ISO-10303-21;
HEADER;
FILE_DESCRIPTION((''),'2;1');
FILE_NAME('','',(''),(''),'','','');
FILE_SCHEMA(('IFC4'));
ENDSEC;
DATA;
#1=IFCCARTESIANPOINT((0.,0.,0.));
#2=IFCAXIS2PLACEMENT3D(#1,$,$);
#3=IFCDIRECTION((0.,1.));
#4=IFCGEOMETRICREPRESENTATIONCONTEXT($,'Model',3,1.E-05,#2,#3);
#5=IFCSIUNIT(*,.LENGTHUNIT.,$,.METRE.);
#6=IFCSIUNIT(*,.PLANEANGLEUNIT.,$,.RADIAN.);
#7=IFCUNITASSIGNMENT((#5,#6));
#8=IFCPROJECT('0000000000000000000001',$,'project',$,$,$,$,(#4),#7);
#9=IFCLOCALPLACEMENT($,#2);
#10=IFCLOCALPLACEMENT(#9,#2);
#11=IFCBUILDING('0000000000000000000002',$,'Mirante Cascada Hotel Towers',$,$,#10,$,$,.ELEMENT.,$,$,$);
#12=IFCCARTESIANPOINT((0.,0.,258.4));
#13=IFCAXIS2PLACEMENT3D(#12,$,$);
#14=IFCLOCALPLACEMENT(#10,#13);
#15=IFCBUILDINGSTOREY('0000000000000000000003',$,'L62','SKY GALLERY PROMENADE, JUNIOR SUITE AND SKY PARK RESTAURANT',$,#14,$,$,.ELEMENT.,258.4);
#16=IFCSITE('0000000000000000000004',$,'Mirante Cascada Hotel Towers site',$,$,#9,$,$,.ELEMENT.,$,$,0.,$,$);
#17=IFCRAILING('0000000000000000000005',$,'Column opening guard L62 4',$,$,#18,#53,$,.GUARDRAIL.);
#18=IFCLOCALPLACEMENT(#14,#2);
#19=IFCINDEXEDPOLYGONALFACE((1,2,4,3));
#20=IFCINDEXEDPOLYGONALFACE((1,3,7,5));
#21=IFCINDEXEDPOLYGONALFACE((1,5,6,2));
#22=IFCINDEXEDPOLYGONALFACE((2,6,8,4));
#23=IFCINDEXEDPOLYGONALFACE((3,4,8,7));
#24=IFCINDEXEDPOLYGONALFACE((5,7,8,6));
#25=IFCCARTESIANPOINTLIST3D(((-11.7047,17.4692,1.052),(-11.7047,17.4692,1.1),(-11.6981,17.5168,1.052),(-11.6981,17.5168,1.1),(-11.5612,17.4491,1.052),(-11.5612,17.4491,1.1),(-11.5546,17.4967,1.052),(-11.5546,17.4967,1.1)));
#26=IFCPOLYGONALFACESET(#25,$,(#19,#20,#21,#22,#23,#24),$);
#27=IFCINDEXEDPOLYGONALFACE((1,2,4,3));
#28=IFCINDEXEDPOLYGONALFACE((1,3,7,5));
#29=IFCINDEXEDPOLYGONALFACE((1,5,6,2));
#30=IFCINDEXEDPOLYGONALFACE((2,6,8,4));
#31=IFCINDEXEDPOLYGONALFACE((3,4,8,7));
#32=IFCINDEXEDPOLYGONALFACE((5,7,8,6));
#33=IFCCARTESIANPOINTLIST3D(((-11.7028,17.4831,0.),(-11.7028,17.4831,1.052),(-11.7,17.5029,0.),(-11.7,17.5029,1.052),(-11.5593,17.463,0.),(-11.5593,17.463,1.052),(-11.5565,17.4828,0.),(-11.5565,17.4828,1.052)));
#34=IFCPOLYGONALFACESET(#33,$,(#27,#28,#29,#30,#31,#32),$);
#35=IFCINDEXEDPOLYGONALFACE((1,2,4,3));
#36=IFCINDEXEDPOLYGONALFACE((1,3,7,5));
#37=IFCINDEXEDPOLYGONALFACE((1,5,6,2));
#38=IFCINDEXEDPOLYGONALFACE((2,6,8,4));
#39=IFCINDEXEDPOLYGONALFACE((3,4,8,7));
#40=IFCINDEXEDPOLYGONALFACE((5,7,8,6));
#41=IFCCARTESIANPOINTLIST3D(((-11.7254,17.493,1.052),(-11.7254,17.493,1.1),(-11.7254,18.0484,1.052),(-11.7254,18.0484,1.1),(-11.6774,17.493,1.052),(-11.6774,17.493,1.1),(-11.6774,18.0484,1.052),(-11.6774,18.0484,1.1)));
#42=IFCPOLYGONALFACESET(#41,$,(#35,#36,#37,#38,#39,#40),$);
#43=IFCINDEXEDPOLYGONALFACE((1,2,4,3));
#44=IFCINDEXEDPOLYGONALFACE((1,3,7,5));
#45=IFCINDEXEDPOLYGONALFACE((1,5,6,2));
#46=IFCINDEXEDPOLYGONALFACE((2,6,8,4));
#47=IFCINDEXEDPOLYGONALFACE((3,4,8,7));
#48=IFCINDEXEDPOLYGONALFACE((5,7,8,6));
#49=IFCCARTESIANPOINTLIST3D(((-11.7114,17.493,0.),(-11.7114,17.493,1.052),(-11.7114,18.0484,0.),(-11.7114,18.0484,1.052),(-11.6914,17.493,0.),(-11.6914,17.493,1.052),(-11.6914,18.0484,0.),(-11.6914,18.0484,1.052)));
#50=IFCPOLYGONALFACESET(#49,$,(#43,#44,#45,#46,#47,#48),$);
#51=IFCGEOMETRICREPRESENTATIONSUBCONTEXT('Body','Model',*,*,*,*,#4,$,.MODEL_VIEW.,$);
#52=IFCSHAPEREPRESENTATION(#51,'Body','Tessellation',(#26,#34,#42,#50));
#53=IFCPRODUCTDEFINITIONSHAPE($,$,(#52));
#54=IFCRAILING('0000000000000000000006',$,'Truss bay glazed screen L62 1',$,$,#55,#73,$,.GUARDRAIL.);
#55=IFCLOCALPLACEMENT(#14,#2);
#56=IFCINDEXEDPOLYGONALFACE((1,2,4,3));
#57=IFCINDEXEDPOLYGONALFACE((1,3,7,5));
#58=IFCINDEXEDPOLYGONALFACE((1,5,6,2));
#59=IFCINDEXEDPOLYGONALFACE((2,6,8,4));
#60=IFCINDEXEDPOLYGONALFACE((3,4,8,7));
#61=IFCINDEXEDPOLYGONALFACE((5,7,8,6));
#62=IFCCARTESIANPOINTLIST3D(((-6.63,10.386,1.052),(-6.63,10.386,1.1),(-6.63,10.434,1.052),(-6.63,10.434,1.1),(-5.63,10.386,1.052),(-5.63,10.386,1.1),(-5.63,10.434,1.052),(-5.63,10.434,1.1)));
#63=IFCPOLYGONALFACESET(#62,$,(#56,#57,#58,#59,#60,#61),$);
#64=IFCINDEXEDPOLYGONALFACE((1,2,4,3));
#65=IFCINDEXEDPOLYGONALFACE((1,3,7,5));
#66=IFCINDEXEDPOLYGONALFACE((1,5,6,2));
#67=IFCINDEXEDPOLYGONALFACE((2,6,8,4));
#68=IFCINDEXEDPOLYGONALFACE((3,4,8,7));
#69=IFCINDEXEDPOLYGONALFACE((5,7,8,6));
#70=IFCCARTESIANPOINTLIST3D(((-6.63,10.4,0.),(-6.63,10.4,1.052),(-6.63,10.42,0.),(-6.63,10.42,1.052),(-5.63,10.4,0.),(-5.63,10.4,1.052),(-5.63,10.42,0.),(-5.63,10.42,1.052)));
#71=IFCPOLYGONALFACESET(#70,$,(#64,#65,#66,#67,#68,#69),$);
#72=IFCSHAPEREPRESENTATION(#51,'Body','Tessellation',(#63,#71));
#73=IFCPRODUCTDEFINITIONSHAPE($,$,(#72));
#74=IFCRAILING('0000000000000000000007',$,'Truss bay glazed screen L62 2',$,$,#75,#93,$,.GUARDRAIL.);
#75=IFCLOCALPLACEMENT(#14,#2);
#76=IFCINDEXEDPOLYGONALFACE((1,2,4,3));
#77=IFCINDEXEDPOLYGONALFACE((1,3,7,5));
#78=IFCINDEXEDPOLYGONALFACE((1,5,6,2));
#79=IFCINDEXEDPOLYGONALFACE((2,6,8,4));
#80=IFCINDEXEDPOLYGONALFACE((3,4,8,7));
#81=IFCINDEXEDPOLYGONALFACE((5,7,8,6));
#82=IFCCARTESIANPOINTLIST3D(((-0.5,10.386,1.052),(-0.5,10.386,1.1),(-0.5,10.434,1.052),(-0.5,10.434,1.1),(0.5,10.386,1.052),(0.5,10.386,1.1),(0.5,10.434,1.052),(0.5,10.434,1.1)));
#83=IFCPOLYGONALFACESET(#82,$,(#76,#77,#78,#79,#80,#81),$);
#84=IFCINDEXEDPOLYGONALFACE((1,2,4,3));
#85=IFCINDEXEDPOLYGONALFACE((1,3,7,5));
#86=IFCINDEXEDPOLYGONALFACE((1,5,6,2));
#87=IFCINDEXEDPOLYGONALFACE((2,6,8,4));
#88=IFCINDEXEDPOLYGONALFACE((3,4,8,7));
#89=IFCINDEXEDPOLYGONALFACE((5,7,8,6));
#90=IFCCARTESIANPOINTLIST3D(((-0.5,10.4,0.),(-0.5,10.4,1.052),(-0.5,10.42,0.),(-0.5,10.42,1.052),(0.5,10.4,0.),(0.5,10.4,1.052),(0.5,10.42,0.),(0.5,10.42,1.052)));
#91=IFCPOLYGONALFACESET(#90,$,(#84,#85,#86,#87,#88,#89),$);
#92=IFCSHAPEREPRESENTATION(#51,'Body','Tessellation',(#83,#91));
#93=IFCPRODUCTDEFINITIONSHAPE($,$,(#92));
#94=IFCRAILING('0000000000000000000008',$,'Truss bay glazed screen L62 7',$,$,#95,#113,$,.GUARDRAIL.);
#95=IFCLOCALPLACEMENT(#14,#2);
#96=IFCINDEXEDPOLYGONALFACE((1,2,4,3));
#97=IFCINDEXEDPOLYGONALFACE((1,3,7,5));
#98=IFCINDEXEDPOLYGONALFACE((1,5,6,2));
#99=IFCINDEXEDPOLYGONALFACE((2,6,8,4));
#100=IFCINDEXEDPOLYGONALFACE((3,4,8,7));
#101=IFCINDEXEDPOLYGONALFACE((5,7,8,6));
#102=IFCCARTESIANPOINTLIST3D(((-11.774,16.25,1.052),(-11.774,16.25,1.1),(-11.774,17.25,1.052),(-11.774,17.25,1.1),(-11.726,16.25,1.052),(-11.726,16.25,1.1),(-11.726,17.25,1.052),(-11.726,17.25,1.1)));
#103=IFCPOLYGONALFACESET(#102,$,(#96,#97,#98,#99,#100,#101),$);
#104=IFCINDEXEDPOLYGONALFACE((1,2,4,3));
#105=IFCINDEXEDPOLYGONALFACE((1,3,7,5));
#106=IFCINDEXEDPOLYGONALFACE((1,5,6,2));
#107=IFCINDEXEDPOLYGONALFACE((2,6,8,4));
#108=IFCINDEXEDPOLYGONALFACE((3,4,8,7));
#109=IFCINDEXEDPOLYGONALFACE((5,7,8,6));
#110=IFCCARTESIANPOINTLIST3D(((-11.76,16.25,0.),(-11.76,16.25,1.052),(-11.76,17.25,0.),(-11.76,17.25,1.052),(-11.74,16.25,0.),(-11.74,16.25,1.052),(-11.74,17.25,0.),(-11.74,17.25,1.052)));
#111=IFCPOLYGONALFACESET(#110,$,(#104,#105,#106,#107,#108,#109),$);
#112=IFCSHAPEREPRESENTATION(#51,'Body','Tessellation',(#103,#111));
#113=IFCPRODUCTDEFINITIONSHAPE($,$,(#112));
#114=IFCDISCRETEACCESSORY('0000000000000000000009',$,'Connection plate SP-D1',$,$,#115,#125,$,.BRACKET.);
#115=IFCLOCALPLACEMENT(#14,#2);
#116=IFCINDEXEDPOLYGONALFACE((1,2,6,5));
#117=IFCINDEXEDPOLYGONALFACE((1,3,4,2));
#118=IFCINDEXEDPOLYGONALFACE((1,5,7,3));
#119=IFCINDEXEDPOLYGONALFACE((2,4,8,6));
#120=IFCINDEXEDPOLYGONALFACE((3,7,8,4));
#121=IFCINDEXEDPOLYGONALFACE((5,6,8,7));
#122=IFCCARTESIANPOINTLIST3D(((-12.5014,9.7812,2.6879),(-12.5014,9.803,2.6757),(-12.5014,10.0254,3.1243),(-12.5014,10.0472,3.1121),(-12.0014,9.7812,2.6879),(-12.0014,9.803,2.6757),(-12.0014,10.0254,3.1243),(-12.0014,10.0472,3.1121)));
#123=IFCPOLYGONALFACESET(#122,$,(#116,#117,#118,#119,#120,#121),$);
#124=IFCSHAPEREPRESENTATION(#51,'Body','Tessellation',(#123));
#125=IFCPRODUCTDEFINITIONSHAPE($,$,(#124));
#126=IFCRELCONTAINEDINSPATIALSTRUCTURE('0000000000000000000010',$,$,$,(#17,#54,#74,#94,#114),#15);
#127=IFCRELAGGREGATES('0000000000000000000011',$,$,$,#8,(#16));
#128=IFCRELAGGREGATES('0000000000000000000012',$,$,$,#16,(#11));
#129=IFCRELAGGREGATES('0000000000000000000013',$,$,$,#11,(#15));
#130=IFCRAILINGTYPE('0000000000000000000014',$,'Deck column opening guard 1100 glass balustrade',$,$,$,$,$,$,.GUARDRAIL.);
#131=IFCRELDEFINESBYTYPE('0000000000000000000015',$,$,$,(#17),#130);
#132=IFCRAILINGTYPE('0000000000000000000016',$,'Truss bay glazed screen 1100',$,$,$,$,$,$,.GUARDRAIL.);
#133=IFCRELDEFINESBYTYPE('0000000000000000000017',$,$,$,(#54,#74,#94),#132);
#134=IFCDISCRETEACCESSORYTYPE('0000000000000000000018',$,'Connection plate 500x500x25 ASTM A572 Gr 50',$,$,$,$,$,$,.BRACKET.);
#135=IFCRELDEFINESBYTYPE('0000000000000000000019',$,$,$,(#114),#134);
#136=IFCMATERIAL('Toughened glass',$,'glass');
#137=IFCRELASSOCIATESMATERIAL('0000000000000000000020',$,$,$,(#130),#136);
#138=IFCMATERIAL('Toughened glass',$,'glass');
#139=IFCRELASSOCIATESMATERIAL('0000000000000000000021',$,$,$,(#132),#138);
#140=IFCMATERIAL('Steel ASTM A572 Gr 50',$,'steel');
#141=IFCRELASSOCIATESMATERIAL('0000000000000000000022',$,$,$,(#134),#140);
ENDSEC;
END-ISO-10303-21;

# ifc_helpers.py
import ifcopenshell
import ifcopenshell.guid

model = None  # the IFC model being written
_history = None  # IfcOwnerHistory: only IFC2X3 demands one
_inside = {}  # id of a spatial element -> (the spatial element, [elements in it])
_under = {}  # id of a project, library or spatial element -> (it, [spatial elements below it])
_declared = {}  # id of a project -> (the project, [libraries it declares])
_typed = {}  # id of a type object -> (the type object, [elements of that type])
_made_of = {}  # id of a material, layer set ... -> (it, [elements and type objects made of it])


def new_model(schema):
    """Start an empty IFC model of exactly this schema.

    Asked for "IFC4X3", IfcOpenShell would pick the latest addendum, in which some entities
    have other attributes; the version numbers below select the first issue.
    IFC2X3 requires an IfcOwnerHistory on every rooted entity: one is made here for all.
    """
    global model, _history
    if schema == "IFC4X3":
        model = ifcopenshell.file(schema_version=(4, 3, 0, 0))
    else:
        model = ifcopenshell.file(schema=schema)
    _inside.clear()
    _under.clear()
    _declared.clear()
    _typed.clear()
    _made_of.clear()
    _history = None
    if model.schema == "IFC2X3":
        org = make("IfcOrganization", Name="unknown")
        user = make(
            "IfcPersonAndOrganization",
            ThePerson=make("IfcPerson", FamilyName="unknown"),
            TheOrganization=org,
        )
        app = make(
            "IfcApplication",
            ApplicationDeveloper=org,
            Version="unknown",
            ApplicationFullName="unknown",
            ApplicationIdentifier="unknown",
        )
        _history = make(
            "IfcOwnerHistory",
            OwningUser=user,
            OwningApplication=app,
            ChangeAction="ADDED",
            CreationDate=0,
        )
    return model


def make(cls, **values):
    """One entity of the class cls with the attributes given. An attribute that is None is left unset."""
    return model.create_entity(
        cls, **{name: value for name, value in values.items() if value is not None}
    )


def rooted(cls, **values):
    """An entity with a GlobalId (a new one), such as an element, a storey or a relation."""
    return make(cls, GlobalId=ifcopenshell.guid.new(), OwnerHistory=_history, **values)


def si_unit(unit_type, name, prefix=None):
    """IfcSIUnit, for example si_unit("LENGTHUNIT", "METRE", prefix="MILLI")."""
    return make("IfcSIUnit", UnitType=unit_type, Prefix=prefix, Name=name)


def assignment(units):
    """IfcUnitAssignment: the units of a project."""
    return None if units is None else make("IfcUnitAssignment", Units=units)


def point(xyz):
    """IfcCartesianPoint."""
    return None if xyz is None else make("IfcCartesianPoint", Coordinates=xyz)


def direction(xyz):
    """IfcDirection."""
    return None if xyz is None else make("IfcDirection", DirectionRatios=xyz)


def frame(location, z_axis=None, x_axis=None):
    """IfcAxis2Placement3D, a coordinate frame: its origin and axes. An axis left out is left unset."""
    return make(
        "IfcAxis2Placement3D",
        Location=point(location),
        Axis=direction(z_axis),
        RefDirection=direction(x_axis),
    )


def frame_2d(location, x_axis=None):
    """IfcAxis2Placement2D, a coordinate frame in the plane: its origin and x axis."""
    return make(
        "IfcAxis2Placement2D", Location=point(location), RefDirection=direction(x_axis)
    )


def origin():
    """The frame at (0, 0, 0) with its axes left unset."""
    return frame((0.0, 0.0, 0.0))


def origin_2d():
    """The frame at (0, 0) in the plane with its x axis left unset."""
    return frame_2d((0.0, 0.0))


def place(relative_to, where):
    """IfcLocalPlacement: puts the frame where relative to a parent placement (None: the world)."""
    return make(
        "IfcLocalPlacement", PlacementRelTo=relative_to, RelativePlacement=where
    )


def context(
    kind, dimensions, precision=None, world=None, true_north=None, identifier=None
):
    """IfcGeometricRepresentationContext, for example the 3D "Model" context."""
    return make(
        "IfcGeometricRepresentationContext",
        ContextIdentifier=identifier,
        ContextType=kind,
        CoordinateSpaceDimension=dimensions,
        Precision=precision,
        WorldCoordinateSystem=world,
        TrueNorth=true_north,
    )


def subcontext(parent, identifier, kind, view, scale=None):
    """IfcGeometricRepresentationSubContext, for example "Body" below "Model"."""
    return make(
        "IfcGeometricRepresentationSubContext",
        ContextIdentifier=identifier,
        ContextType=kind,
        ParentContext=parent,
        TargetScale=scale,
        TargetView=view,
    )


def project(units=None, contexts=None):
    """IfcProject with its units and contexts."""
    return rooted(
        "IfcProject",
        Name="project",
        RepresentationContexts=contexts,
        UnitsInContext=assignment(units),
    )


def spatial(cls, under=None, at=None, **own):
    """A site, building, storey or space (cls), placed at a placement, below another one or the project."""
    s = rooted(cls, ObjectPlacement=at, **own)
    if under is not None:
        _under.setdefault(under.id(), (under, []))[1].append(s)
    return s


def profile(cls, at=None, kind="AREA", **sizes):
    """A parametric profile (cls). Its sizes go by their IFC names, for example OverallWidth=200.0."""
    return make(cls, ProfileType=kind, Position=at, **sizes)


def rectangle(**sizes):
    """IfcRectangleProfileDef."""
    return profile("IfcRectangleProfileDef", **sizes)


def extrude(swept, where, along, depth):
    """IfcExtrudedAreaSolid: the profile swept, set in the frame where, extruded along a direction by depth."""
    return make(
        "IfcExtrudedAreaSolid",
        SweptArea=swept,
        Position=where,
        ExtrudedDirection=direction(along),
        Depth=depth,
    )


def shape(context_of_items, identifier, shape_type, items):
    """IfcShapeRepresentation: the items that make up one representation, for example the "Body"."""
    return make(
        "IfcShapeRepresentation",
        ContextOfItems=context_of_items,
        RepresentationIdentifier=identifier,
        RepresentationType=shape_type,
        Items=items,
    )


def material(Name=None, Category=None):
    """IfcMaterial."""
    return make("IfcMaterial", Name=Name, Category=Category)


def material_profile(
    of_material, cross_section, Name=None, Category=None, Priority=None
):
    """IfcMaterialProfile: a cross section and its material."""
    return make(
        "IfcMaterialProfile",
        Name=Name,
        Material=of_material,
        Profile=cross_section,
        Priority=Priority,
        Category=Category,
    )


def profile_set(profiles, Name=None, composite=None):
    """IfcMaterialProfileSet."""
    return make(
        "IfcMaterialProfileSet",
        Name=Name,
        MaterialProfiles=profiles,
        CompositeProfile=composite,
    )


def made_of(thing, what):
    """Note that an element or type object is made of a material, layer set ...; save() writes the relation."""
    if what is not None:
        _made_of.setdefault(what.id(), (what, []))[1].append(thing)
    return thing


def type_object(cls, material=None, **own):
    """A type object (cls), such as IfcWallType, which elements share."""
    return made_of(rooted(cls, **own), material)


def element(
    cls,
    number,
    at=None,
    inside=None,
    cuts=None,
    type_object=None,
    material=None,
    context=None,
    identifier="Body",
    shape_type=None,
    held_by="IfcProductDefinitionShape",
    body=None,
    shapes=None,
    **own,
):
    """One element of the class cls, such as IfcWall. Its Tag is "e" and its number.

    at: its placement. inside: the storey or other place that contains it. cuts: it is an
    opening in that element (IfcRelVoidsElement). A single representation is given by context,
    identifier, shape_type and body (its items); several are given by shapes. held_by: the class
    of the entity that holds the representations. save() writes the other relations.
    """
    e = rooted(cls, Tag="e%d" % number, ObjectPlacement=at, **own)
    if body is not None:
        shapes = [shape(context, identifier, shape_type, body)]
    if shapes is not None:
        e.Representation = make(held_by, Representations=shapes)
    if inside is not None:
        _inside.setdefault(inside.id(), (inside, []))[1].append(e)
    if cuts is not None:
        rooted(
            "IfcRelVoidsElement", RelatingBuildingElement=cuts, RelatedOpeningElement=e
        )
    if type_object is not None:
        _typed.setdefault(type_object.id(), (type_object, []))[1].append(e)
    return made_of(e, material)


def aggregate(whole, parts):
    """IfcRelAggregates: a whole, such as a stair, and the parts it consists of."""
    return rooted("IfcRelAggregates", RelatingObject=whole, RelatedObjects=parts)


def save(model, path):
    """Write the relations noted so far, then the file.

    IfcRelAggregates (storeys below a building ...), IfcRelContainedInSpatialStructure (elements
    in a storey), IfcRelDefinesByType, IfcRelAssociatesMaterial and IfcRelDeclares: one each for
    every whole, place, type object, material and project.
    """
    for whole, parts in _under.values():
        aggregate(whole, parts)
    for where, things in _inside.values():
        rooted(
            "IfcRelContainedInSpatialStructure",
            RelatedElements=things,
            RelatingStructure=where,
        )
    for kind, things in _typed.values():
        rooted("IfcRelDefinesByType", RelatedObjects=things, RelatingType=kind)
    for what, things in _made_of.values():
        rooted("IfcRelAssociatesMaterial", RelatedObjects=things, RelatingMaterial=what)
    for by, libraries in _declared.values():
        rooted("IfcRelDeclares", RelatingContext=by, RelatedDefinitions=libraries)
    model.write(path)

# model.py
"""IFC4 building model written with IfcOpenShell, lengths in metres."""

from ifc_helpers import new_model, si_unit, direction, frame, origin, origin_2d, place, context, subcontext, project, spatial, rectangle, extrude, material, material_profile, profile_set, type_object, element, save


model = new_model("IFC4")

# Units and contexts
model_context = context("Model", 3, precision=1e-05, world=origin(), true_north=direction((0.0, 1.0)))
body_context = subcontext(model_context, "Body", "Model", "MODEL_VIEW")
ifc_project = project(units=[si_unit("LENGTHUNIT", "METRE"), si_unit("PLANEANGLEUNIT", "RADIAN")], contexts=[model_context])

# Site, building, storey
site_placement = place(None, origin())
site = spatial("IfcSite", under=ifc_project, at=site_placement, Name="Mirante Cascada Hotel Towers site", CompositionType="ELEMENT", RefElevation=0.0)
building_placement = place(site_placement, origin())
building = spatial("IfcBuilding", under=site, at=building_placement, Name="Mirante Cascada Hotel Towers", CompositionType="ELEMENT")
storey_placement = place(building_placement, frame((0.0, 0.0, 258.4)))
storey = spatial("IfcBuildingStorey", under=building, at=storey_placement, Name="L62", Description="SKY GALLERY PROMENADE, JUNIOR SUITE AND SKY PARK RESTAURANT", CompositionType="ELEMENT", Elevation=258.4)

# Railings
ifc_material_1 = material(Name="Toughened glass", Category="glass")
railing_type_1 = type_object("IfcRailingType", Name="Deck column opening guard 1100 glass balustrade", PredefinedType="GUARDRAIL", material=ifc_material_1)
railing_1_placement = place(storey_placement, frame((-11.5579, 17.4729, 0.0)))
element("IfcRailing", 1, at=railing_1_placement, inside=storey, type_object=railing_type_1, Name="Column opening guard L62 4", PredefinedType="GUARDRAIL", context=body_context, shape_type="SweptSolid", body=[
    extrude(rectangle(XDim=0.048, YDim=0.048, at=origin_2d()), frame((0.0, 0.0, 1.076), z_axis=(-0.990332, 0.138715, 0.0), x_axis=(-0.138715, -0.990332, 0.0)), (0.0, 0.0, 1.0), 0.1449),
    extrude(rectangle(XDim=0.02, YDim=1.052, at=origin_2d()), frame((0.0, 0.0, 0.526), z_axis=(-0.990332, 0.138715, 0.0), x_axis=(-0.138715, -0.990332, 0.0)), (0.0, 0.0, 1.0), 0.1449),
    extrude(rectangle(XDim=0.048, YDim=0.048, at=origin_2d()), frame((-0.1435, 0.0201, 1.076), z_axis=(0.0, 1.0, 0.0), x_axis=(-1.0, 0.0, 0.0)), (0.0, 0.0, 1.0), 0.5554),
    extrude(rectangle(XDim=0.02, YDim=1.052, at=origin_2d()), frame((-0.1435, 0.0201, 0.526), z_axis=(0.0, 1.0, 0.0), x_axis=(-1.0, 0.0, 0.0)), (0.0, 0.0, 1.0), 0.5554),
])
ifc_material_2 = material(Name="Toughened glass", Category="glass")
railing_type_2 = type_object("IfcRailingType", Name="Truss bay glazed screen 1100", PredefinedType="GUARDRAIL", material=ifc_material_2)
for number, where, name in (
    (2, (-6.63, 10.41, 0.0), "Truss bay glazed screen L62 1"),
    (3, (-0.5, 10.41, 0.0), "Truss bay glazed screen L62 2"),
):
    element("IfcRailing", number, at=place(storey_placement, frame(where)), inside=storey, type_object=railing_type_2, Name=name, PredefinedType="GUARDRAIL", context=body_context, shape_type="SweptSolid", body=[
        extrude(rectangle(XDim=0.048, YDim=0.048, at=origin_2d()), frame((0.0, 0.0, 1.076), z_axis=(1.0, 0.0, 0.0), x_axis=(0.0, 1.0, 0.0)), (0.0, 0.0, 1.0), 1.0),
        extrude(rectangle(XDim=0.02, YDim=1.052, at=origin_2d()), frame((0.0, 0.0, 0.526), z_axis=(1.0, 0.0, 0.0), x_axis=(0.0, 1.0, 0.0)), (0.0, 0.0, 1.0), 1.0),
    ])
railing_2_placement = place(storey_placement, frame((-11.75, 16.25, 0.0)))
element("IfcRailing", 4, at=railing_2_placement, inside=storey, type_object=railing_type_2, Name="Truss bay glazed screen L62 7", PredefinedType="GUARDRAIL", context=body_context, shape_type="SweptSolid", body=[
    extrude(rectangle(XDim=0.048, YDim=0.048, at=origin_2d()), frame((0.0, 0.0, 1.076), z_axis=(0.0, 1.0, 0.0), x_axis=(-1.0, 0.0, 0.0)), (0.0, 0.0, 1.0), 1.0),
    extrude(rectangle(XDim=0.02, YDim=1.052, at=origin_2d()), frame((0.0, 0.0, 0.526), z_axis=(0.0, 1.0, 0.0), x_axis=(-1.0, 0.0, 0.0)), (0.0, 0.0, 1.0), 1.0),
])

# Discrete accessory
ifc_material_3 = material(Name="Steel ASTM A572 Gr 50", Category="steel")
ifc_material_profile_1 = material_profile(ifc_material_3, rectangle(XDim=0.5, YDim=0.5, at=origin_2d()), Name="Connection plate 500x500x25 ASTM A572 Gr 50")
ifc_profile_set_1 = profile_set([ifc_material_profile_1], Name="Steel ASTM A572 Gr 50")
discrete_accessory_type = type_object("IfcDiscreteAccessoryType", Name="Connection plate 500x500x25 ASTM A572 Gr 50", PredefinedType="BRACKET", material=ifc_profile_set_1)
discrete_accessory_placement = place(storey_placement, frame((-12.2514, 9.9251, 2.8939), z_axis=(0.0, -0.872642, 0.48836), x_axis=(1.0, 0.0, 0.0)))
element("IfcDiscreteAccessory", 5, at=discrete_accessory_placement, inside=storey, type_object=discrete_accessory_type, Name="Connection plate SP-D1", PredefinedType="BRACKET", context=body_context, shape_type="SweptSolid", body=[
    extrude(rectangle(XDim=0.5, YDim=0.5, at=origin_2d()), origin(), (0.0, 0.0, 1.0), 0.025),
])

save(model, "model.ifc")
